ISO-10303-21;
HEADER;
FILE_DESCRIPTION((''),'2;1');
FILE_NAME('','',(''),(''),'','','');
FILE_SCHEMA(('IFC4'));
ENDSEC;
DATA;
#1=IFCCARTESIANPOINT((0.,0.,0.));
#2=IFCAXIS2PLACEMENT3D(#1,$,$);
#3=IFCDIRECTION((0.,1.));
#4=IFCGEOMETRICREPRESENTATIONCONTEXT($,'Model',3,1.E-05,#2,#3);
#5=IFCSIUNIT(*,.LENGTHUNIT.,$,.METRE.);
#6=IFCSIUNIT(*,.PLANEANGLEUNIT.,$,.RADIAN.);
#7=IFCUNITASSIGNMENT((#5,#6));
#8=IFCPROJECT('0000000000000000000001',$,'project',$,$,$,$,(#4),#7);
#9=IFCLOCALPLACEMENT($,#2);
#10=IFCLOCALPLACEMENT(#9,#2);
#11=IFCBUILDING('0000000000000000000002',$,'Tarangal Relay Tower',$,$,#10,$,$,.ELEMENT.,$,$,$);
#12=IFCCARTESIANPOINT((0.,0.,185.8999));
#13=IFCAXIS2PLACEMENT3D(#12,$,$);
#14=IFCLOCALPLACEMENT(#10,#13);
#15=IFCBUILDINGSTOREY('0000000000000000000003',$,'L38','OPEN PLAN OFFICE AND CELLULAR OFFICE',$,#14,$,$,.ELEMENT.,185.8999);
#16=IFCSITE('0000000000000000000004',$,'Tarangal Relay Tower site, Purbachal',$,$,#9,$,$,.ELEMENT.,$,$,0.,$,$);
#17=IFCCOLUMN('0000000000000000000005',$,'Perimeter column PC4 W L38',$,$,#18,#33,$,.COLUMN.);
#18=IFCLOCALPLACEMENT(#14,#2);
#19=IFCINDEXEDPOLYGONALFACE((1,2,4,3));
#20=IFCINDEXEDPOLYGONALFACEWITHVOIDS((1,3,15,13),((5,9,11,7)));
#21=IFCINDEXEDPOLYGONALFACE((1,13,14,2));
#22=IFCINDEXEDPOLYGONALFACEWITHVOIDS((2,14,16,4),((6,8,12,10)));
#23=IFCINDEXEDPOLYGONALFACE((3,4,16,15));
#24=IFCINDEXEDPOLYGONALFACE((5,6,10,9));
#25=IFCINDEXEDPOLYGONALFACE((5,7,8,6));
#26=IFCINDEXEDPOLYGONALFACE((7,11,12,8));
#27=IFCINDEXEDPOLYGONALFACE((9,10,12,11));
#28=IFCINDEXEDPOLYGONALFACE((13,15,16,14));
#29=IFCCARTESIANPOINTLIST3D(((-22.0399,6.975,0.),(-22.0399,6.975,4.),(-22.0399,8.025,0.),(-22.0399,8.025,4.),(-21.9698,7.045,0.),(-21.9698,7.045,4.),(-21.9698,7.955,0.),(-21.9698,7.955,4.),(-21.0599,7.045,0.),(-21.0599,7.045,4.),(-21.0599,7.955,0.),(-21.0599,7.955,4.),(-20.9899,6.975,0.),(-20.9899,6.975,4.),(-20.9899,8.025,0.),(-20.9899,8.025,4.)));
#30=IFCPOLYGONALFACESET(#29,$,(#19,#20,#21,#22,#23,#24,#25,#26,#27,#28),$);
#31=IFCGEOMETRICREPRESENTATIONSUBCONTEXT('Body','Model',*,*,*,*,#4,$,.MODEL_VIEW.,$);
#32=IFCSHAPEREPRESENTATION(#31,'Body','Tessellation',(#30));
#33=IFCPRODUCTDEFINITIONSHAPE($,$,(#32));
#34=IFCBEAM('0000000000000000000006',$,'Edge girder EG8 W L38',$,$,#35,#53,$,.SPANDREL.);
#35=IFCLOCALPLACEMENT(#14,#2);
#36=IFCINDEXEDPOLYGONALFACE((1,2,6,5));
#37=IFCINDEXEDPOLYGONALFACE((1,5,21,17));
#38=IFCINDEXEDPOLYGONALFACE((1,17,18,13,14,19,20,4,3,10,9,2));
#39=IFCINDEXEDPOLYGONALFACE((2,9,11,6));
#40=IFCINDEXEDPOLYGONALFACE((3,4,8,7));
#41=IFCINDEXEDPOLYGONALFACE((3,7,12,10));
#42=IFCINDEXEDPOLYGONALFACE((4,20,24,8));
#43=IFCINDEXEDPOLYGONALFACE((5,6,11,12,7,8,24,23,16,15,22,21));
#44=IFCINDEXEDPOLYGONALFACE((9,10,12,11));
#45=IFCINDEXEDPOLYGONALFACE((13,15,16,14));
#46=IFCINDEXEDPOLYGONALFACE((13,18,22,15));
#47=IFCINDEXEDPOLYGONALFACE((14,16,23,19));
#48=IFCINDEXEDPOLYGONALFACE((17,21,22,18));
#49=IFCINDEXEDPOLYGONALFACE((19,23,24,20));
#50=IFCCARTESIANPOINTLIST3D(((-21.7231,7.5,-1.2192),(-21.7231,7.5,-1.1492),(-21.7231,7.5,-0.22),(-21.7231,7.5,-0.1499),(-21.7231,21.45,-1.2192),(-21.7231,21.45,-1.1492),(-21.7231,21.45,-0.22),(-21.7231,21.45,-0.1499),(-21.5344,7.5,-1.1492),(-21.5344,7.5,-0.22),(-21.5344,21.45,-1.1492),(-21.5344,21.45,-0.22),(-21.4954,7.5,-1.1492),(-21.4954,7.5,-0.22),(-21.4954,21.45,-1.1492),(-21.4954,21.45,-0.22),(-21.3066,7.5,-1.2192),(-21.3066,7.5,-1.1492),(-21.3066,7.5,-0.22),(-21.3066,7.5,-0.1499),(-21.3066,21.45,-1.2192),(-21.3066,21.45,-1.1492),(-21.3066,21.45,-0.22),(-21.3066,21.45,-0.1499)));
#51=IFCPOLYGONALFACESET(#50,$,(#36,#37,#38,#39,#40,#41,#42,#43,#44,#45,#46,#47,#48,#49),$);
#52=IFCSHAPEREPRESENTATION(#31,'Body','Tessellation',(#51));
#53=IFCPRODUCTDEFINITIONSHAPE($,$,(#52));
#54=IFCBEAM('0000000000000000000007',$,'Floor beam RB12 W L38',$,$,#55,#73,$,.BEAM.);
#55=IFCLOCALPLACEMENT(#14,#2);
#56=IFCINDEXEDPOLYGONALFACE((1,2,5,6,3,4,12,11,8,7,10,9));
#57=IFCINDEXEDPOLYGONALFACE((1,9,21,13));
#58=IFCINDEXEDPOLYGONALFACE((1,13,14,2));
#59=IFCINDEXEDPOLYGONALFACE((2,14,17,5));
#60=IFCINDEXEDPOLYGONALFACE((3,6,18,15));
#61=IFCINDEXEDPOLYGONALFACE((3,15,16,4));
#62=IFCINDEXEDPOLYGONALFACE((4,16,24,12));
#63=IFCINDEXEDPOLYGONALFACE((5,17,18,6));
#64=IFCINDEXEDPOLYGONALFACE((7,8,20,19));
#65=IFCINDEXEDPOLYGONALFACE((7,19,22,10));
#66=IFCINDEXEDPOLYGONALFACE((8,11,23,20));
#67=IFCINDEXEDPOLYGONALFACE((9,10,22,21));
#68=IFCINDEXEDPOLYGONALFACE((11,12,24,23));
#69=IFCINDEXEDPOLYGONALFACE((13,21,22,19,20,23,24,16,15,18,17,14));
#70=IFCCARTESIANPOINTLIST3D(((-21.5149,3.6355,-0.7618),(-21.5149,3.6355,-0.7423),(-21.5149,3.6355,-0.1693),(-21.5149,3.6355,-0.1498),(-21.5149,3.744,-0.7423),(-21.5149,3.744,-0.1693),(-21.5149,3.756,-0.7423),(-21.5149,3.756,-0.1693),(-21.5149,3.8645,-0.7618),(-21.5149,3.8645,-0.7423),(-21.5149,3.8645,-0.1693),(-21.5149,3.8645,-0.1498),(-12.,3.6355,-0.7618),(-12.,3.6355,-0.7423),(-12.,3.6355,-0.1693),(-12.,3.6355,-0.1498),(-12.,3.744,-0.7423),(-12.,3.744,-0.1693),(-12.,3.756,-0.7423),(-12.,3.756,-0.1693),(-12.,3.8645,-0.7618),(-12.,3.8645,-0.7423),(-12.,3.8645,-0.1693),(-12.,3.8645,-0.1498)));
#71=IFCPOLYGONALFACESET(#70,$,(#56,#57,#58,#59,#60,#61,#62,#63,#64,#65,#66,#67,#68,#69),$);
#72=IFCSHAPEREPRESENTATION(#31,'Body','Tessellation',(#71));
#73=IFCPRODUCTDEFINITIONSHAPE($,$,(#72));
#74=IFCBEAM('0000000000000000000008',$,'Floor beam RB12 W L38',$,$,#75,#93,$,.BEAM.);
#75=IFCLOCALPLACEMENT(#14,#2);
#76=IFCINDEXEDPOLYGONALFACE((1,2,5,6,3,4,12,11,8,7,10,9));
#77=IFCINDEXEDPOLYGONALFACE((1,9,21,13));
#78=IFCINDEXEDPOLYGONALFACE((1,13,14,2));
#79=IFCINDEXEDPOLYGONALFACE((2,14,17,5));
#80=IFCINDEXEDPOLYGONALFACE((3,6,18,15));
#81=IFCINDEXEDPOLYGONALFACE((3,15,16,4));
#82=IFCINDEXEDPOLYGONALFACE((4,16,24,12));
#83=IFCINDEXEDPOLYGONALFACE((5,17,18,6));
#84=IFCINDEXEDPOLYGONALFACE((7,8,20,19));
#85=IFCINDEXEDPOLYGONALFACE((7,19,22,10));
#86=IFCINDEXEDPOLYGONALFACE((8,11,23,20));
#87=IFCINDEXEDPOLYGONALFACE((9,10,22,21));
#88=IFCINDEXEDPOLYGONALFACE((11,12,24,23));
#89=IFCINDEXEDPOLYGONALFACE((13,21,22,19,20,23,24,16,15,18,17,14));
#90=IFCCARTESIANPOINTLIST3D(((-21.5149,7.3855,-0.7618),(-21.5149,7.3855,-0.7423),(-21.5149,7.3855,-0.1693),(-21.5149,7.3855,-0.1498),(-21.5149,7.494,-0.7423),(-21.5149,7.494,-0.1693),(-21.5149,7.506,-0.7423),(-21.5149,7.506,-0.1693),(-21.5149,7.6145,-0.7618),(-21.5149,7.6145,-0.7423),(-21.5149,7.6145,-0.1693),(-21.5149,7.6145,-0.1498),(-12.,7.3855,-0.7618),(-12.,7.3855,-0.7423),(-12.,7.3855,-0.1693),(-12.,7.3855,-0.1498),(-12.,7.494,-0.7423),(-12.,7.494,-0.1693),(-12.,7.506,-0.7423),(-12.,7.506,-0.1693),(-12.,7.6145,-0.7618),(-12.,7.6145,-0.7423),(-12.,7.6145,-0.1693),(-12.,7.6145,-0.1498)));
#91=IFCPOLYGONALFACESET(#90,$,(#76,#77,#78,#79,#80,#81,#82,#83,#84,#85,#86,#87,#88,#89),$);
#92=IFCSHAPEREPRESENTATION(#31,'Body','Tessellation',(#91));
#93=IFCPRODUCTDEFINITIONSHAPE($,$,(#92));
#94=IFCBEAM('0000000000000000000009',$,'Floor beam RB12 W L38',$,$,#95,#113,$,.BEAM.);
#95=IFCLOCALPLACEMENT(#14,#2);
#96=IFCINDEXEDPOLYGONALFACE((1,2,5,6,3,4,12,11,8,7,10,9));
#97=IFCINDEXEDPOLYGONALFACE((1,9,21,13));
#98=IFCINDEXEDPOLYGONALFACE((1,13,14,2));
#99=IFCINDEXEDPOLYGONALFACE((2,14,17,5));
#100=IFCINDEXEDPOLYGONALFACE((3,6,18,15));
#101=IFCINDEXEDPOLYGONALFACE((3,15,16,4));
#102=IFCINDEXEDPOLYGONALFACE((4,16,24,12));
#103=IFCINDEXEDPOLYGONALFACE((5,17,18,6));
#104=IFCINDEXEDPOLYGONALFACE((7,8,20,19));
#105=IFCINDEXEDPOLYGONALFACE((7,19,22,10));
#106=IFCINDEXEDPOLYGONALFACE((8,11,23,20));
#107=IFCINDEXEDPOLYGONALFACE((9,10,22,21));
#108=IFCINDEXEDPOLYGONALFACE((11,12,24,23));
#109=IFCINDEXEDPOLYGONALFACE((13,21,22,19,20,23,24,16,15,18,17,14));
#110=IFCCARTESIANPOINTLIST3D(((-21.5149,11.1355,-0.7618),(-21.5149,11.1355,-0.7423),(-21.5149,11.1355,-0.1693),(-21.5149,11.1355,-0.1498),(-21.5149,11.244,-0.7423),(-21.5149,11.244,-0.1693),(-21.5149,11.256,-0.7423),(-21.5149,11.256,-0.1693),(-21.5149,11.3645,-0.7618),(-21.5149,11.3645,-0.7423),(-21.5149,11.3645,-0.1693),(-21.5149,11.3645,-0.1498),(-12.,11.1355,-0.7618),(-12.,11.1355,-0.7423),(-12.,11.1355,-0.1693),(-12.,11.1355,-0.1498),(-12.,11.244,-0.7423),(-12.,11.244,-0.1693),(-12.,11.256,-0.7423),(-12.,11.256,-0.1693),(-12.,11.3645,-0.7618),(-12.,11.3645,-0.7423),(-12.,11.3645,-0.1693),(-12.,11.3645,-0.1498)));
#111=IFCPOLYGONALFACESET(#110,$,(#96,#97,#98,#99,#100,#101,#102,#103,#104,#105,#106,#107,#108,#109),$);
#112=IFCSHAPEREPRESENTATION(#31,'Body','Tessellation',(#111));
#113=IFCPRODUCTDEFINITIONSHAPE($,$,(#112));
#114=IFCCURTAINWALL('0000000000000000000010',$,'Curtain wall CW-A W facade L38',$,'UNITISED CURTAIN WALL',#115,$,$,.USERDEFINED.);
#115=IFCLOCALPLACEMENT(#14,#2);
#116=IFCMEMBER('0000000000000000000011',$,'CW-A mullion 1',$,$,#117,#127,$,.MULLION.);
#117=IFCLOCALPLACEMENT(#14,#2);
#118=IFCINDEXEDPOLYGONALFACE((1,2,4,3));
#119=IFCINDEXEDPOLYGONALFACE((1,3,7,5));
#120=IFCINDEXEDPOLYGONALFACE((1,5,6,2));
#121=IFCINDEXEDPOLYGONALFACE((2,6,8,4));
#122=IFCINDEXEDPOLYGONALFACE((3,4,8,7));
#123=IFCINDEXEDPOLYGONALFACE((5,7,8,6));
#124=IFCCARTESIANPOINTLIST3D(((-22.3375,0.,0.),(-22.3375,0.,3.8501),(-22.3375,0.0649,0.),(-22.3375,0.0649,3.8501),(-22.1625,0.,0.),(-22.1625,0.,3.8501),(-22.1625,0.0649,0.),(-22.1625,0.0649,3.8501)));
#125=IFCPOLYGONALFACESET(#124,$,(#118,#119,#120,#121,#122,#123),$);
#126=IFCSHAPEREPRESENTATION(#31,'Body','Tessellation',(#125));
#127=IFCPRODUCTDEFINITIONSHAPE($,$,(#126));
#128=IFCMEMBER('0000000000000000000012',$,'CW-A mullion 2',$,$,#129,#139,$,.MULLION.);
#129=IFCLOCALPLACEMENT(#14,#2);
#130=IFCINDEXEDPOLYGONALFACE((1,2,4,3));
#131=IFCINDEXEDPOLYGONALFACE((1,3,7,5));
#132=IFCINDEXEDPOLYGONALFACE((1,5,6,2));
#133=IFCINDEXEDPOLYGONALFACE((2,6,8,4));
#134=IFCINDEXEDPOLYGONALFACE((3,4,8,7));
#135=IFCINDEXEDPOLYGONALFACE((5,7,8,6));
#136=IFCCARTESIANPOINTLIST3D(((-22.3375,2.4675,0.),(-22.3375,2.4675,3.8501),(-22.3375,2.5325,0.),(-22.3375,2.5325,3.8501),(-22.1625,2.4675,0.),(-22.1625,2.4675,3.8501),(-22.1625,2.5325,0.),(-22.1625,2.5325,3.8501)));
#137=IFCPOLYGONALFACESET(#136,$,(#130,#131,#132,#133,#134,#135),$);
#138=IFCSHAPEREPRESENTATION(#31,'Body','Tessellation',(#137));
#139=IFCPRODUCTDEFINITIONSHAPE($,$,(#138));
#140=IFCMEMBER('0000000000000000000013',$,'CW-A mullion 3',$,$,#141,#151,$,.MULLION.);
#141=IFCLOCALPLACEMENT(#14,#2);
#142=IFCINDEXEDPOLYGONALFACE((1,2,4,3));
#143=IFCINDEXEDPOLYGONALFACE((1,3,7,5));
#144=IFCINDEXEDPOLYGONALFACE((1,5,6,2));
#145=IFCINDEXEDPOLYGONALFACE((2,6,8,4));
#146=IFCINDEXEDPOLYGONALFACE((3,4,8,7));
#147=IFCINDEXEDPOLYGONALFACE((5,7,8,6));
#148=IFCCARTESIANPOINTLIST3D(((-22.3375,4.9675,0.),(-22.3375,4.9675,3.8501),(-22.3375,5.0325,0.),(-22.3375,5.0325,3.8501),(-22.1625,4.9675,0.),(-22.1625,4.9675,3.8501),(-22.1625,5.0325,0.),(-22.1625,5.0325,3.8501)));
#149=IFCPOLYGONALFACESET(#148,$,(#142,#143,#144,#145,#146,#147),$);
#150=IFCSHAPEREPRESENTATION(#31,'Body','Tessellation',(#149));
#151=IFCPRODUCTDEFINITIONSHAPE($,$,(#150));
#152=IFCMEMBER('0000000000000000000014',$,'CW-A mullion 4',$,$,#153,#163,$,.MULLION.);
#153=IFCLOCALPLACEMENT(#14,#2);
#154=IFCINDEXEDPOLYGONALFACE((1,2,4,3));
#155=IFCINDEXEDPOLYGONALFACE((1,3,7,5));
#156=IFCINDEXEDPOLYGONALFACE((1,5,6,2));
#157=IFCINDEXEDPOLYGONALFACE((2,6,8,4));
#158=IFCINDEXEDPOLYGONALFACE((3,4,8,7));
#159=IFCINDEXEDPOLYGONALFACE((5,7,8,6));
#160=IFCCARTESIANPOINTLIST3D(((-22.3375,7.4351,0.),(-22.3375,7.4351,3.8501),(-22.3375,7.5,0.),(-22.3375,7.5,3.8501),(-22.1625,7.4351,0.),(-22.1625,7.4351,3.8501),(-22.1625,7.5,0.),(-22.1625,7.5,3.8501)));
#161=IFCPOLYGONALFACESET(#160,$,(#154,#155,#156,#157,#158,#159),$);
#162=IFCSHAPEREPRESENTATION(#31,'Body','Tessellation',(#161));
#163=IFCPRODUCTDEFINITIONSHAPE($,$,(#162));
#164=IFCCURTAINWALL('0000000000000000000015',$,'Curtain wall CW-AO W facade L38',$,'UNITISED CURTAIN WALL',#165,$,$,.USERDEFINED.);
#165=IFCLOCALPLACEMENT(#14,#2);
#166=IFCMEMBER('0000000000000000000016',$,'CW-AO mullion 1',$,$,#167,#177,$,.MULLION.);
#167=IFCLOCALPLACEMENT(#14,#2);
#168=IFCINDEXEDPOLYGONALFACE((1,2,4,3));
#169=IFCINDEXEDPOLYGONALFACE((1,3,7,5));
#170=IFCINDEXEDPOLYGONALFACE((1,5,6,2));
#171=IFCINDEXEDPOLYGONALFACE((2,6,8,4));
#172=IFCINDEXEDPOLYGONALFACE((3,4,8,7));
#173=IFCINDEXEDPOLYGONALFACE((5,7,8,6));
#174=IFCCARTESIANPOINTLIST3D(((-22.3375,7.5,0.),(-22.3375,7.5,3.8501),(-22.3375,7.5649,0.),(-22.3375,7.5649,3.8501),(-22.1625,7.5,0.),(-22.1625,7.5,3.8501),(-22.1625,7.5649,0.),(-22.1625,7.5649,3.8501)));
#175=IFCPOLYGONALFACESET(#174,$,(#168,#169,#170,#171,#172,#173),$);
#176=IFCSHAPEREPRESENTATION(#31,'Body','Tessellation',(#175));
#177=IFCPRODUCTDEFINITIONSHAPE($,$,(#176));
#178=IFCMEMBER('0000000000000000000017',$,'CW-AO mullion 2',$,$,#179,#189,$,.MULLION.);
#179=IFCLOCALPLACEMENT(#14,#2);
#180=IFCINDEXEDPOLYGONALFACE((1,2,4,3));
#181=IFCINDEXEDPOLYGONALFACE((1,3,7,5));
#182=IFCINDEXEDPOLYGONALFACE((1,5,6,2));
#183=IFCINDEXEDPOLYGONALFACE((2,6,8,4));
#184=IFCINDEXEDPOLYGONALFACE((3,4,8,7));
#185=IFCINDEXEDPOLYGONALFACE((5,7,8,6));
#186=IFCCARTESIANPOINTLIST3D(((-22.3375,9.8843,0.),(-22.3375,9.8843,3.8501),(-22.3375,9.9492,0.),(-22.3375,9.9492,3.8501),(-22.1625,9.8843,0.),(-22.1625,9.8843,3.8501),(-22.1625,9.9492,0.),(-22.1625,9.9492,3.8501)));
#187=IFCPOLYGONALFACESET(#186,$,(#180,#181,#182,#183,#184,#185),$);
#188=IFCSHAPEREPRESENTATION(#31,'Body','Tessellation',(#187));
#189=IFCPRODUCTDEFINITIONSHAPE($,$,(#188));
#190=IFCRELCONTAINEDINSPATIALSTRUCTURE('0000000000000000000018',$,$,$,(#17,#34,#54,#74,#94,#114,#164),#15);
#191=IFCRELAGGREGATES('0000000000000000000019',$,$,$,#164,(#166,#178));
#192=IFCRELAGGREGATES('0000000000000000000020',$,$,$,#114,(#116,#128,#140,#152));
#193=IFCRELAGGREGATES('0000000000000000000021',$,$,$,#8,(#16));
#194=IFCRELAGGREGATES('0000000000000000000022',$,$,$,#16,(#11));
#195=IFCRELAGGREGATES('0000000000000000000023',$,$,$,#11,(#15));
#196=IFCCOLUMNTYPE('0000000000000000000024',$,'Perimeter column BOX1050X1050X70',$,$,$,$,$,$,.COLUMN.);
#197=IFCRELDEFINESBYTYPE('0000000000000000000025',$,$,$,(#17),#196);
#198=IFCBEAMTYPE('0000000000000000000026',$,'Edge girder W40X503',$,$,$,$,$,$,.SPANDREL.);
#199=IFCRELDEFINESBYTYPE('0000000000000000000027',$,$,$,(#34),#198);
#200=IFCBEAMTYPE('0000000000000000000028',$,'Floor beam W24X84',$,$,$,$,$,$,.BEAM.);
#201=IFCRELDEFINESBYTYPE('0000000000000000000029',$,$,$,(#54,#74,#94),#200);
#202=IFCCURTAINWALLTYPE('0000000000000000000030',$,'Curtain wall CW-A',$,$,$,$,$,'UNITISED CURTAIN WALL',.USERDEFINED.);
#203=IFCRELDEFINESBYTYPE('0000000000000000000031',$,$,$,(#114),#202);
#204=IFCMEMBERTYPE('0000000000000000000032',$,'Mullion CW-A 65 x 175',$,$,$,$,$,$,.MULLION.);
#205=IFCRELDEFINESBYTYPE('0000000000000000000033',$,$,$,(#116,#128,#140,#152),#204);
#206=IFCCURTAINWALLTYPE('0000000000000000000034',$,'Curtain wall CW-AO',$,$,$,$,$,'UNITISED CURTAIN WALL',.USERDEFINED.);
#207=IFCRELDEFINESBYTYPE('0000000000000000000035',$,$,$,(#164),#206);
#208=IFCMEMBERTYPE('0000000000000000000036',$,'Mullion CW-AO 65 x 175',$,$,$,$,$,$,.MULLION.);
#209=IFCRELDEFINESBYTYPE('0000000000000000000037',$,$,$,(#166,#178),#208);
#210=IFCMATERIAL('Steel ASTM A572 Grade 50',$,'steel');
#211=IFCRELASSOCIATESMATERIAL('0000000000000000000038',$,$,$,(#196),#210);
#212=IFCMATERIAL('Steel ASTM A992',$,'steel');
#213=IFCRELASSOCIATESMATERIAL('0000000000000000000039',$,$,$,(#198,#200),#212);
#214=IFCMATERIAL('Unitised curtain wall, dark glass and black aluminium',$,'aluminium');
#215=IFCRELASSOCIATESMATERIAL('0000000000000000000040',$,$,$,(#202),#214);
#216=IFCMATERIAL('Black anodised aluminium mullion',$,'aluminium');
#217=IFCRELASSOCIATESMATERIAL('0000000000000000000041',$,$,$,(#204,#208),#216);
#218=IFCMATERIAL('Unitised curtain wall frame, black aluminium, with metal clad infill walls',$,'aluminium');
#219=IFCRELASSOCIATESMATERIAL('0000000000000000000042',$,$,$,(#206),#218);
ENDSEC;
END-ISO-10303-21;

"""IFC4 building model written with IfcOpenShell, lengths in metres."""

from ifc_helpers import new_model, si_unit, direction, frame, origin, origin_2d, place, context, subcontext, project, spatial, rectangle, hollow_rectangle, i_section, extrude, material, material_profile, profile_set, type_object, element, aggregate, save


model = new_model("IFC4")

# Units and contexts
model_context = context("Model", 3, precision=1e-05, world=origin(), true_north=direction((0.0, 1.0)))
body_context = subcontext(model_context, "Body", "Model", "MODEL_VIEW")
ifc_project = project(units=[si_unit("LENGTHUNIT", "METRE"), si_unit("PLANEANGLEUNIT", "RADIAN")], contexts=[model_context])

# Site, building, storey
site_placement = place(None, origin())
site = spatial("IfcSite", under=ifc_project, at=site_placement, Name="Tarangal Relay Tower site, Purbachal", CompositionType="ELEMENT", RefElevation=0.0)
building_placement = place(site_placement, origin())
building = spatial("IfcBuilding", under=site, at=building_placement, Name="Tarangal Relay Tower", CompositionType="ELEMENT")
storey_placement = place(building_placement, frame((0.0, 0.0, 185.8999)))
storey = spatial("IfcBuildingStorey", under=building, at=storey_placement, Name="L38", Description="OPEN PLAN OFFICE AND CELLULAR OFFICE", CompositionType="ELEMENT", Elevation=185.8999)

# Column
ifc_material_1 = material(Name="Steel ASTM A572 Grade 50", Category="steel")
ifc_material_profile_1 = material_profile(ifc_material_1, hollow_rectangle(XDim=1.05, YDim=1.05, WallThickness=0.0701, at=origin_2d()), Name="BOX1050X1050X70")
ifc_profile_set_1 = profile_set([ifc_material_profile_1], Name="Steel ASTM A572 Grade 50")
column_type = type_object("IfcColumnType", Name="Perimeter column BOX1050X1050X70", PredefinedType="COLUMN", material=ifc_profile_set_1)
column_placement = place(storey_placement, frame((-21.5149, 7.5, 0.0), z_axis=(0.0, 0.0, 1.0), x_axis=(1.0, 0.0, 0.0)))
element("IfcColumn", 1, at=column_placement, inside=storey, type_object=column_type, Name="Perimeter column PC4 W L38", PredefinedType="COLUMN", context=body_context, shape_type="SweptSolid", body=[
    extrude(hollow_rectangle(XDim=1.05, YDim=1.05, WallThickness=0.0701, at=origin_2d()), origin(), (0.0, 0.0, 1.0), 4.0),
])

# Beams
ifc_material_2 = material(Name="Steel ASTM A992", Category="steel")
ifc_material_profile_2 = material_profile(ifc_material_2, i_section(OverallWidth=0.4165, OverallDepth=1.0693, WebThickness=0.0391, FlangeThickness=0.0701, at=origin_2d()), Name="W40X503")
ifc_profile_set_2 = profile_set([ifc_material_profile_2], Name="Steel ASTM A992")
beam_type_1 = type_object("IfcBeamType", Name="Edge girder W40X503", PredefinedType="SPANDREL", material=ifc_profile_set_2)
beam_placement = place(storey_placement, frame((-21.5149, 7.5, -0.6846), z_axis=(0.0, 1.0, 0.0), x_axis=(-1.0, 0.0, 0.0)))
element("IfcBeam", 2, at=beam_placement, inside=storey, type_object=beam_type_1, Name="Edge girder EG8 W L38", PredefinedType="SPANDREL", context=body_context, shape_type="SweptSolid", body=[
    extrude(i_section(OverallWidth=0.4165, OverallDepth=1.0693, WebThickness=0.0391, FlangeThickness=0.0701, at=origin_2d()), origin(), (0.0, 0.0, 1.0), 13.95),
])
ifc_material_profile_3 = material_profile(ifc_material_2, i_section(OverallWidth=0.229, OverallDepth=0.6121, WebThickness=0.012, FlangeThickness=0.0195, at=origin_2d()), Name="W24X84")
ifc_profile_set_3 = profile_set([ifc_material_profile_3], Name="Steel ASTM A992")
beam_type_2 = type_object("IfcBeamType", Name="Floor beam W24X84", PredefinedType="BEAM", material=ifc_profile_set_3)
for number, where, z_axis, x_axis, name in (
    (3, (-12.0, 3.75, -0.4558), (-1.0, 0.0, 0.0), (0.0, -1.0, 0.0), "Floor beam RB12 W L38"),
    (4, (-12.0, 7.5, -0.4558), (-1.0, 0.0, 0.0), (0.0, -1.0, 0.0), "Floor beam RB12 W L38"),
    (5, (-12.0, 11.25, -0.4558), (-1.0, 0.0, 0.0), (0.0, -1.0, 0.0), "Floor beam RB12 W L38"),
):
    element("IfcBeam", number, at=place(storey_placement, frame(where, z_axis=z_axis, x_axis=x_axis)), inside=storey, type_object=beam_type_2, Name=name, PredefinedType="BEAM", context=body_context, shape_type="SweptSolid", body=[
        extrude(i_section(OverallWidth=0.229, OverallDepth=0.6121, WebThickness=0.012, FlangeThickness=0.0195, at=origin_2d()), origin(), (0.0, 0.0, 1.0), 9.5149),
    ])

# Curtain walls, members
ifc_material_3 = material(Name="Unitised curtain wall, dark glass and black aluminium", Category="aluminium")
curtain_wall_type_1 = type_object("IfcCurtainWallType", Name="Curtain wall CW-A", ElementType="UNITISED CURTAIN WALL", PredefinedType="USERDEFINED", material=ifc_material_3)
curtain_wall_1_placement = place(storey_placement, origin())
curtain_wall_1 = element("IfcCurtainWall", 6, at=curtain_wall_1_placement, inside=storey, type_object=curtain_wall_type_1, Name="Curtain wall CW-A W facade L38", ObjectType="UNITISED CURTAIN WALL", PredefinedType="USERDEFINED")
ifc_material_4 = material(Name="Black anodised aluminium mullion", Category="aluminium")
ifc_material_profile_4 = material_profile(ifc_material_4, rectangle(XDim=0.175, YDim=0.0649, at=origin_2d()), Name="CW-AM 65X175")
ifc_profile_set_4 = profile_set([ifc_material_profile_4], Name="Black anodised aluminium mullion")
member_type_1 = type_object("IfcMemberType", Name="Mullion CW-A 65 x 175", PredefinedType="MULLION", material=ifc_profile_set_4)
member_1_placement = place(storey_placement, frame((-22.25, 0.0325, 0.0), z_axis=(0.0, 0.0, 1.0), x_axis=(-1.0, 0.0, 0.0)))
member_1 = element("IfcMember", 7, at=member_1_placement, type_object=member_type_1, Name="CW-A mullion 1", PredefinedType="MULLION", context=body_context, shape_type="SweptSolid", body=[
    extrude(rectangle(XDim=0.175, YDim=0.0649, at=origin_2d()), origin(), (0.0, 0.0, 1.0), 3.8501),
])
member_2_placement = place(storey_placement, frame((-22.25, 2.5, 0.0), z_axis=(0.0, 0.0, 1.0), x_axis=(-1.0, 0.0, 0.0)))
member_2 = element("IfcMember", 8, at=member_2_placement, type_object=member_type_1, Name="CW-A mullion 2", PredefinedType="MULLION", context=body_context, shape_type="SweptSolid", body=[
    extrude(rectangle(XDim=0.175, YDim=0.0649, at=origin_2d()), origin(), (0.0, 0.0, 1.0), 3.8501),
])
member_3_placement = place(storey_placement, frame((-22.25, 5.0, 0.0), z_axis=(0.0, 0.0, 1.0), x_axis=(-1.0, 0.0, 0.0)))
member_3 = element("IfcMember", 9, at=member_3_placement, type_object=member_type_1, Name="CW-A mullion 3", PredefinedType="MULLION", context=body_context, shape_type="SweptSolid", body=[
    extrude(rectangle(XDim=0.175, YDim=0.0649, at=origin_2d()), origin(), (0.0, 0.0, 1.0), 3.8501),
])
member_4_placement = place(storey_placement, frame((-22.25, 7.4675, 0.0), z_axis=(0.0, 0.0, 1.0), x_axis=(-1.0, 0.0, 0.0)))
member_4 = element("IfcMember", 10, at=member_4_placement, type_object=member_type_1, Name="CW-A mullion 4", PredefinedType="MULLION", context=body_context, shape_type="SweptSolid", body=[
    extrude(rectangle(XDim=0.175, YDim=0.0649, at=origin_2d()), origin(), (0.0, 0.0, 1.0), 3.8501),
])
ifc_material_5 = material(Name="Unitised curtain wall frame, black aluminium, with metal clad infill walls", Category="aluminium")
curtain_wall_type_2 = type_object("IfcCurtainWallType", Name="Curtain wall CW-AO", ElementType="UNITISED CURTAIN WALL", PredefinedType="USERDEFINED", material=ifc_material_5)
curtain_wall_2_placement = place(storey_placement, origin())
curtain_wall_2 = element("IfcCurtainWall", 11, at=curtain_wall_2_placement, inside=storey, type_object=curtain_wall_type_2, Name="Curtain wall CW-AO W facade L38", ObjectType="UNITISED CURTAIN WALL", PredefinedType="USERDEFINED")
ifc_material_profile_5 = material_profile(ifc_material_4, rectangle(XDim=0.175, YDim=0.0649, at=origin_2d()), Name="CW-AOM 65X175")
ifc_profile_set_5 = profile_set([ifc_material_profile_5], Name="Black anodised aluminium mullion")
member_type_2 = type_object("IfcMemberType", Name="Mullion CW-AO 65 x 175", PredefinedType="MULLION", material=ifc_profile_set_5)
member_5_placement = place(storey_placement, frame((-22.25, 7.5325, 0.0), z_axis=(0.0, 0.0, 1.0), x_axis=(-1.0, 0.0, 0.0)))
member_5 = element("IfcMember", 12, at=member_5_placement, type_object=member_type_2, Name="CW-AO mullion 1", PredefinedType="MULLION", context=body_context, shape_type="SweptSolid", body=[
    extrude(rectangle(XDim=0.175, YDim=0.0649, at=origin_2d()), origin(), (0.0, 0.0, 1.0), 3.8501),
])
member_6_placement = place(storey_placement, frame((-22.25, 9.9167, 0.0), z_axis=(0.0, 0.0, 1.0), x_axis=(-1.0, 0.0, 0.0)))
member_6 = element("IfcMember", 13, at=member_6_placement, type_object=member_type_2, Name="CW-AO mullion 2", PredefinedType="MULLION", context=body_context, shape_type="SweptSolid", body=[
    extrude(rectangle(XDim=0.175, YDim=0.0649, at=origin_2d()), origin(), (0.0, 0.0, 1.0), 3.8501),
])

aggregate(curtain_wall_2, [member_5, member_6])

aggregate(curtain_wall_1, [member_1, member_2, member_3, member_4])

save(model, "model.ifc")
